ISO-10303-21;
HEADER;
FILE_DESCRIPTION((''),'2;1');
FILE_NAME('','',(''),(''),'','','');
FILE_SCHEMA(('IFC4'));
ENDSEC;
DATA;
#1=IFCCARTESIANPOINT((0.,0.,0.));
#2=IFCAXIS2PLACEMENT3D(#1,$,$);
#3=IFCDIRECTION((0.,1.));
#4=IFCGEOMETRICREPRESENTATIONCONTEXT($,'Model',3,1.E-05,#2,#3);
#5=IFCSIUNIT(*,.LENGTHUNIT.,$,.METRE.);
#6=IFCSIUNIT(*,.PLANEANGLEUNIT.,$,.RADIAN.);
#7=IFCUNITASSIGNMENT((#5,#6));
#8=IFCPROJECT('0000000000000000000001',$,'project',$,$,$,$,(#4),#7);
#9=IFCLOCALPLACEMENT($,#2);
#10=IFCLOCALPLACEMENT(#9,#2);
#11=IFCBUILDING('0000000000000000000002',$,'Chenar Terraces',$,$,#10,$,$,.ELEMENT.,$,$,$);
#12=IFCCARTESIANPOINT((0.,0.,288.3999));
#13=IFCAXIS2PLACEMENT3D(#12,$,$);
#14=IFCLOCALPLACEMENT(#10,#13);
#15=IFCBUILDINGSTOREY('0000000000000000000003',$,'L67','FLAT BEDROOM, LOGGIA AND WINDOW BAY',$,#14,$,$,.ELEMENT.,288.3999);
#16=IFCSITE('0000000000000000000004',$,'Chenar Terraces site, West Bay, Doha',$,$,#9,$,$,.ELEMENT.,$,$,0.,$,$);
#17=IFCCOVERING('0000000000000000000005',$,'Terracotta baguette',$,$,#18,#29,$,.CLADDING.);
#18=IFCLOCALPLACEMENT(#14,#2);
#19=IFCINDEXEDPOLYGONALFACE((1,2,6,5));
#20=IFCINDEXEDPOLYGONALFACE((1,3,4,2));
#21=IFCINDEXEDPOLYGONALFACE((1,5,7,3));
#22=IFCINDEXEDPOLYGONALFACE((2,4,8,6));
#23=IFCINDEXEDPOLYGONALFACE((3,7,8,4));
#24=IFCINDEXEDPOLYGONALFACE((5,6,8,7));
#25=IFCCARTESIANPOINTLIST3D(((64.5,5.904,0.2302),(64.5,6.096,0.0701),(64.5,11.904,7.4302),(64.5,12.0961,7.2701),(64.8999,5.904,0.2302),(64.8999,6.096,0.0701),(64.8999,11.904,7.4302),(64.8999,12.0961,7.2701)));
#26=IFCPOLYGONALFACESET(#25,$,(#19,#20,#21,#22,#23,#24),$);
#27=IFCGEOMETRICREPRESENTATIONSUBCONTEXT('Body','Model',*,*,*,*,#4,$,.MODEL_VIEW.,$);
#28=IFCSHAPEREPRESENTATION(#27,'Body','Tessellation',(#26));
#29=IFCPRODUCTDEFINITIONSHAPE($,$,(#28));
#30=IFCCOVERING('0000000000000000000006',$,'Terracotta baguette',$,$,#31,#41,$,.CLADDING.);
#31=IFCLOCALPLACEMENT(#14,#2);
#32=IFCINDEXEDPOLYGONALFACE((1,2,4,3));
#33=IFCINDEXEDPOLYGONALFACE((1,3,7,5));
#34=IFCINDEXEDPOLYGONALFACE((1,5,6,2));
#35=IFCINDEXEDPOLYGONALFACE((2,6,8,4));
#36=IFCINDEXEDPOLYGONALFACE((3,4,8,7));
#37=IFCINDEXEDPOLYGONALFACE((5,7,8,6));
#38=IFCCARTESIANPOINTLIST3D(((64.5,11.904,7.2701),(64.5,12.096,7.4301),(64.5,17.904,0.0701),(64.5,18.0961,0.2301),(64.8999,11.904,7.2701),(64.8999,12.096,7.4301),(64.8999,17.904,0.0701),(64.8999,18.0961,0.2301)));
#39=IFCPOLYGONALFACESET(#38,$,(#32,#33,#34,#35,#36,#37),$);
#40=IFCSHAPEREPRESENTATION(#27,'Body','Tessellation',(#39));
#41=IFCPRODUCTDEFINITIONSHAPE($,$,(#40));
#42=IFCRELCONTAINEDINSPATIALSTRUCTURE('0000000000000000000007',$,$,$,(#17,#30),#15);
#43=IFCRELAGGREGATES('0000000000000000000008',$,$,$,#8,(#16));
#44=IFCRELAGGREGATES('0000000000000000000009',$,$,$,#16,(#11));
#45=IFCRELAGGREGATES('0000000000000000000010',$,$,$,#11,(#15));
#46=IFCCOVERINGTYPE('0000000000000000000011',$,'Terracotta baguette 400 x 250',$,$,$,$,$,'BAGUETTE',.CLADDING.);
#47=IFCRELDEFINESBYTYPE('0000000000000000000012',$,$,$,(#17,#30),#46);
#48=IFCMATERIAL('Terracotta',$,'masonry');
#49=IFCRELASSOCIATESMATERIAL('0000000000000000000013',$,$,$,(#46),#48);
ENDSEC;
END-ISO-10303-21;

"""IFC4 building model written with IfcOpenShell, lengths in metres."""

from ifc_helpers import new_model, si_unit, direction, frame, origin, origin_2d, place, context, subcontext, project, spatial, rectangle, extrude, material, material_profile, profile_set, type_object, element, save


model = new_model("IFC4")

# Units and contexts
model_context = context("Model", 3, precision=1e-05, world=origin(), true_north=direction((0.0, 1.0)))
body_context = subcontext(model_context, "Body", "Model", "MODEL_VIEW")
ifc_project = project(units=[si_unit("LENGTHUNIT", "METRE"), si_unit("PLANEANGLEUNIT", "RADIAN")], contexts=[model_context])

# Site, building, storey
site_placement = place(None, origin())
site = spatial("IfcSite", under=ifc_project, at=site_placement, Name="Chenar Terraces site, West Bay, Doha", CompositionType="ELEMENT", RefElevation=0.0)
building_placement = place(site_placement, origin())
building = spatial("IfcBuilding", under=site, at=building_placement, Name="Chenar Terraces", CompositionType="ELEMENT")
storey_placement = place(building_placement, frame((0.0, 0.0, 288.3999)))
storey = spatial("IfcBuildingStorey", under=building, at=storey_placement, Name="L67", Description="FLAT BEDROOM, LOGGIA AND WINDOW BAY", CompositionType="ELEMENT", Elevation=288.3999)

# Coverings
ifc_material_1 = material(Name="Terracotta", Category="masonry")
ifc_material_profile_1 = material_profile(ifc_material_1, rectangle(XDim=0.3999, YDim=0.25, at=origin_2d()), Name="Terracotta baguette 400 x 250")
ifc_profile_set_1 = profile_set([ifc_material_profile_1], Name="Terracotta")
covering_type = type_object("IfcCoveringType", Name="Terracotta baguette 400 x 250", ElementType="BAGUETTE", PredefinedType="CLADDING", material=ifc_profile_set_1)
for number, where, z_axis, x_axis, name in (
    (1, (64.7, 6.0, 0.1501), (0.0, 0.640187, 0.768219), (-1.0, 0.0, 0.0), "Terracotta baguette"),
    (2, (64.7, 12.0, 7.3501), (0.0, 0.640187, -0.768219), (-1.0, 0.0, 0.0), "Terracotta baguette"),
):
    element("IfcCovering", number, at=place(storey_placement, frame(where, z_axis=z_axis, x_axis=x_axis)), inside=storey, type_object=covering_type, Name=name, PredefinedType="CLADDING", context=body_context, shape_type="SweptSolid", body=[
        extrude(rectangle(XDim=0.3999, YDim=0.25, at=origin_2d()), origin(), (0.0, 0.0, 1.0), 9.3723),
    ])

save(model, "model.ifc")
